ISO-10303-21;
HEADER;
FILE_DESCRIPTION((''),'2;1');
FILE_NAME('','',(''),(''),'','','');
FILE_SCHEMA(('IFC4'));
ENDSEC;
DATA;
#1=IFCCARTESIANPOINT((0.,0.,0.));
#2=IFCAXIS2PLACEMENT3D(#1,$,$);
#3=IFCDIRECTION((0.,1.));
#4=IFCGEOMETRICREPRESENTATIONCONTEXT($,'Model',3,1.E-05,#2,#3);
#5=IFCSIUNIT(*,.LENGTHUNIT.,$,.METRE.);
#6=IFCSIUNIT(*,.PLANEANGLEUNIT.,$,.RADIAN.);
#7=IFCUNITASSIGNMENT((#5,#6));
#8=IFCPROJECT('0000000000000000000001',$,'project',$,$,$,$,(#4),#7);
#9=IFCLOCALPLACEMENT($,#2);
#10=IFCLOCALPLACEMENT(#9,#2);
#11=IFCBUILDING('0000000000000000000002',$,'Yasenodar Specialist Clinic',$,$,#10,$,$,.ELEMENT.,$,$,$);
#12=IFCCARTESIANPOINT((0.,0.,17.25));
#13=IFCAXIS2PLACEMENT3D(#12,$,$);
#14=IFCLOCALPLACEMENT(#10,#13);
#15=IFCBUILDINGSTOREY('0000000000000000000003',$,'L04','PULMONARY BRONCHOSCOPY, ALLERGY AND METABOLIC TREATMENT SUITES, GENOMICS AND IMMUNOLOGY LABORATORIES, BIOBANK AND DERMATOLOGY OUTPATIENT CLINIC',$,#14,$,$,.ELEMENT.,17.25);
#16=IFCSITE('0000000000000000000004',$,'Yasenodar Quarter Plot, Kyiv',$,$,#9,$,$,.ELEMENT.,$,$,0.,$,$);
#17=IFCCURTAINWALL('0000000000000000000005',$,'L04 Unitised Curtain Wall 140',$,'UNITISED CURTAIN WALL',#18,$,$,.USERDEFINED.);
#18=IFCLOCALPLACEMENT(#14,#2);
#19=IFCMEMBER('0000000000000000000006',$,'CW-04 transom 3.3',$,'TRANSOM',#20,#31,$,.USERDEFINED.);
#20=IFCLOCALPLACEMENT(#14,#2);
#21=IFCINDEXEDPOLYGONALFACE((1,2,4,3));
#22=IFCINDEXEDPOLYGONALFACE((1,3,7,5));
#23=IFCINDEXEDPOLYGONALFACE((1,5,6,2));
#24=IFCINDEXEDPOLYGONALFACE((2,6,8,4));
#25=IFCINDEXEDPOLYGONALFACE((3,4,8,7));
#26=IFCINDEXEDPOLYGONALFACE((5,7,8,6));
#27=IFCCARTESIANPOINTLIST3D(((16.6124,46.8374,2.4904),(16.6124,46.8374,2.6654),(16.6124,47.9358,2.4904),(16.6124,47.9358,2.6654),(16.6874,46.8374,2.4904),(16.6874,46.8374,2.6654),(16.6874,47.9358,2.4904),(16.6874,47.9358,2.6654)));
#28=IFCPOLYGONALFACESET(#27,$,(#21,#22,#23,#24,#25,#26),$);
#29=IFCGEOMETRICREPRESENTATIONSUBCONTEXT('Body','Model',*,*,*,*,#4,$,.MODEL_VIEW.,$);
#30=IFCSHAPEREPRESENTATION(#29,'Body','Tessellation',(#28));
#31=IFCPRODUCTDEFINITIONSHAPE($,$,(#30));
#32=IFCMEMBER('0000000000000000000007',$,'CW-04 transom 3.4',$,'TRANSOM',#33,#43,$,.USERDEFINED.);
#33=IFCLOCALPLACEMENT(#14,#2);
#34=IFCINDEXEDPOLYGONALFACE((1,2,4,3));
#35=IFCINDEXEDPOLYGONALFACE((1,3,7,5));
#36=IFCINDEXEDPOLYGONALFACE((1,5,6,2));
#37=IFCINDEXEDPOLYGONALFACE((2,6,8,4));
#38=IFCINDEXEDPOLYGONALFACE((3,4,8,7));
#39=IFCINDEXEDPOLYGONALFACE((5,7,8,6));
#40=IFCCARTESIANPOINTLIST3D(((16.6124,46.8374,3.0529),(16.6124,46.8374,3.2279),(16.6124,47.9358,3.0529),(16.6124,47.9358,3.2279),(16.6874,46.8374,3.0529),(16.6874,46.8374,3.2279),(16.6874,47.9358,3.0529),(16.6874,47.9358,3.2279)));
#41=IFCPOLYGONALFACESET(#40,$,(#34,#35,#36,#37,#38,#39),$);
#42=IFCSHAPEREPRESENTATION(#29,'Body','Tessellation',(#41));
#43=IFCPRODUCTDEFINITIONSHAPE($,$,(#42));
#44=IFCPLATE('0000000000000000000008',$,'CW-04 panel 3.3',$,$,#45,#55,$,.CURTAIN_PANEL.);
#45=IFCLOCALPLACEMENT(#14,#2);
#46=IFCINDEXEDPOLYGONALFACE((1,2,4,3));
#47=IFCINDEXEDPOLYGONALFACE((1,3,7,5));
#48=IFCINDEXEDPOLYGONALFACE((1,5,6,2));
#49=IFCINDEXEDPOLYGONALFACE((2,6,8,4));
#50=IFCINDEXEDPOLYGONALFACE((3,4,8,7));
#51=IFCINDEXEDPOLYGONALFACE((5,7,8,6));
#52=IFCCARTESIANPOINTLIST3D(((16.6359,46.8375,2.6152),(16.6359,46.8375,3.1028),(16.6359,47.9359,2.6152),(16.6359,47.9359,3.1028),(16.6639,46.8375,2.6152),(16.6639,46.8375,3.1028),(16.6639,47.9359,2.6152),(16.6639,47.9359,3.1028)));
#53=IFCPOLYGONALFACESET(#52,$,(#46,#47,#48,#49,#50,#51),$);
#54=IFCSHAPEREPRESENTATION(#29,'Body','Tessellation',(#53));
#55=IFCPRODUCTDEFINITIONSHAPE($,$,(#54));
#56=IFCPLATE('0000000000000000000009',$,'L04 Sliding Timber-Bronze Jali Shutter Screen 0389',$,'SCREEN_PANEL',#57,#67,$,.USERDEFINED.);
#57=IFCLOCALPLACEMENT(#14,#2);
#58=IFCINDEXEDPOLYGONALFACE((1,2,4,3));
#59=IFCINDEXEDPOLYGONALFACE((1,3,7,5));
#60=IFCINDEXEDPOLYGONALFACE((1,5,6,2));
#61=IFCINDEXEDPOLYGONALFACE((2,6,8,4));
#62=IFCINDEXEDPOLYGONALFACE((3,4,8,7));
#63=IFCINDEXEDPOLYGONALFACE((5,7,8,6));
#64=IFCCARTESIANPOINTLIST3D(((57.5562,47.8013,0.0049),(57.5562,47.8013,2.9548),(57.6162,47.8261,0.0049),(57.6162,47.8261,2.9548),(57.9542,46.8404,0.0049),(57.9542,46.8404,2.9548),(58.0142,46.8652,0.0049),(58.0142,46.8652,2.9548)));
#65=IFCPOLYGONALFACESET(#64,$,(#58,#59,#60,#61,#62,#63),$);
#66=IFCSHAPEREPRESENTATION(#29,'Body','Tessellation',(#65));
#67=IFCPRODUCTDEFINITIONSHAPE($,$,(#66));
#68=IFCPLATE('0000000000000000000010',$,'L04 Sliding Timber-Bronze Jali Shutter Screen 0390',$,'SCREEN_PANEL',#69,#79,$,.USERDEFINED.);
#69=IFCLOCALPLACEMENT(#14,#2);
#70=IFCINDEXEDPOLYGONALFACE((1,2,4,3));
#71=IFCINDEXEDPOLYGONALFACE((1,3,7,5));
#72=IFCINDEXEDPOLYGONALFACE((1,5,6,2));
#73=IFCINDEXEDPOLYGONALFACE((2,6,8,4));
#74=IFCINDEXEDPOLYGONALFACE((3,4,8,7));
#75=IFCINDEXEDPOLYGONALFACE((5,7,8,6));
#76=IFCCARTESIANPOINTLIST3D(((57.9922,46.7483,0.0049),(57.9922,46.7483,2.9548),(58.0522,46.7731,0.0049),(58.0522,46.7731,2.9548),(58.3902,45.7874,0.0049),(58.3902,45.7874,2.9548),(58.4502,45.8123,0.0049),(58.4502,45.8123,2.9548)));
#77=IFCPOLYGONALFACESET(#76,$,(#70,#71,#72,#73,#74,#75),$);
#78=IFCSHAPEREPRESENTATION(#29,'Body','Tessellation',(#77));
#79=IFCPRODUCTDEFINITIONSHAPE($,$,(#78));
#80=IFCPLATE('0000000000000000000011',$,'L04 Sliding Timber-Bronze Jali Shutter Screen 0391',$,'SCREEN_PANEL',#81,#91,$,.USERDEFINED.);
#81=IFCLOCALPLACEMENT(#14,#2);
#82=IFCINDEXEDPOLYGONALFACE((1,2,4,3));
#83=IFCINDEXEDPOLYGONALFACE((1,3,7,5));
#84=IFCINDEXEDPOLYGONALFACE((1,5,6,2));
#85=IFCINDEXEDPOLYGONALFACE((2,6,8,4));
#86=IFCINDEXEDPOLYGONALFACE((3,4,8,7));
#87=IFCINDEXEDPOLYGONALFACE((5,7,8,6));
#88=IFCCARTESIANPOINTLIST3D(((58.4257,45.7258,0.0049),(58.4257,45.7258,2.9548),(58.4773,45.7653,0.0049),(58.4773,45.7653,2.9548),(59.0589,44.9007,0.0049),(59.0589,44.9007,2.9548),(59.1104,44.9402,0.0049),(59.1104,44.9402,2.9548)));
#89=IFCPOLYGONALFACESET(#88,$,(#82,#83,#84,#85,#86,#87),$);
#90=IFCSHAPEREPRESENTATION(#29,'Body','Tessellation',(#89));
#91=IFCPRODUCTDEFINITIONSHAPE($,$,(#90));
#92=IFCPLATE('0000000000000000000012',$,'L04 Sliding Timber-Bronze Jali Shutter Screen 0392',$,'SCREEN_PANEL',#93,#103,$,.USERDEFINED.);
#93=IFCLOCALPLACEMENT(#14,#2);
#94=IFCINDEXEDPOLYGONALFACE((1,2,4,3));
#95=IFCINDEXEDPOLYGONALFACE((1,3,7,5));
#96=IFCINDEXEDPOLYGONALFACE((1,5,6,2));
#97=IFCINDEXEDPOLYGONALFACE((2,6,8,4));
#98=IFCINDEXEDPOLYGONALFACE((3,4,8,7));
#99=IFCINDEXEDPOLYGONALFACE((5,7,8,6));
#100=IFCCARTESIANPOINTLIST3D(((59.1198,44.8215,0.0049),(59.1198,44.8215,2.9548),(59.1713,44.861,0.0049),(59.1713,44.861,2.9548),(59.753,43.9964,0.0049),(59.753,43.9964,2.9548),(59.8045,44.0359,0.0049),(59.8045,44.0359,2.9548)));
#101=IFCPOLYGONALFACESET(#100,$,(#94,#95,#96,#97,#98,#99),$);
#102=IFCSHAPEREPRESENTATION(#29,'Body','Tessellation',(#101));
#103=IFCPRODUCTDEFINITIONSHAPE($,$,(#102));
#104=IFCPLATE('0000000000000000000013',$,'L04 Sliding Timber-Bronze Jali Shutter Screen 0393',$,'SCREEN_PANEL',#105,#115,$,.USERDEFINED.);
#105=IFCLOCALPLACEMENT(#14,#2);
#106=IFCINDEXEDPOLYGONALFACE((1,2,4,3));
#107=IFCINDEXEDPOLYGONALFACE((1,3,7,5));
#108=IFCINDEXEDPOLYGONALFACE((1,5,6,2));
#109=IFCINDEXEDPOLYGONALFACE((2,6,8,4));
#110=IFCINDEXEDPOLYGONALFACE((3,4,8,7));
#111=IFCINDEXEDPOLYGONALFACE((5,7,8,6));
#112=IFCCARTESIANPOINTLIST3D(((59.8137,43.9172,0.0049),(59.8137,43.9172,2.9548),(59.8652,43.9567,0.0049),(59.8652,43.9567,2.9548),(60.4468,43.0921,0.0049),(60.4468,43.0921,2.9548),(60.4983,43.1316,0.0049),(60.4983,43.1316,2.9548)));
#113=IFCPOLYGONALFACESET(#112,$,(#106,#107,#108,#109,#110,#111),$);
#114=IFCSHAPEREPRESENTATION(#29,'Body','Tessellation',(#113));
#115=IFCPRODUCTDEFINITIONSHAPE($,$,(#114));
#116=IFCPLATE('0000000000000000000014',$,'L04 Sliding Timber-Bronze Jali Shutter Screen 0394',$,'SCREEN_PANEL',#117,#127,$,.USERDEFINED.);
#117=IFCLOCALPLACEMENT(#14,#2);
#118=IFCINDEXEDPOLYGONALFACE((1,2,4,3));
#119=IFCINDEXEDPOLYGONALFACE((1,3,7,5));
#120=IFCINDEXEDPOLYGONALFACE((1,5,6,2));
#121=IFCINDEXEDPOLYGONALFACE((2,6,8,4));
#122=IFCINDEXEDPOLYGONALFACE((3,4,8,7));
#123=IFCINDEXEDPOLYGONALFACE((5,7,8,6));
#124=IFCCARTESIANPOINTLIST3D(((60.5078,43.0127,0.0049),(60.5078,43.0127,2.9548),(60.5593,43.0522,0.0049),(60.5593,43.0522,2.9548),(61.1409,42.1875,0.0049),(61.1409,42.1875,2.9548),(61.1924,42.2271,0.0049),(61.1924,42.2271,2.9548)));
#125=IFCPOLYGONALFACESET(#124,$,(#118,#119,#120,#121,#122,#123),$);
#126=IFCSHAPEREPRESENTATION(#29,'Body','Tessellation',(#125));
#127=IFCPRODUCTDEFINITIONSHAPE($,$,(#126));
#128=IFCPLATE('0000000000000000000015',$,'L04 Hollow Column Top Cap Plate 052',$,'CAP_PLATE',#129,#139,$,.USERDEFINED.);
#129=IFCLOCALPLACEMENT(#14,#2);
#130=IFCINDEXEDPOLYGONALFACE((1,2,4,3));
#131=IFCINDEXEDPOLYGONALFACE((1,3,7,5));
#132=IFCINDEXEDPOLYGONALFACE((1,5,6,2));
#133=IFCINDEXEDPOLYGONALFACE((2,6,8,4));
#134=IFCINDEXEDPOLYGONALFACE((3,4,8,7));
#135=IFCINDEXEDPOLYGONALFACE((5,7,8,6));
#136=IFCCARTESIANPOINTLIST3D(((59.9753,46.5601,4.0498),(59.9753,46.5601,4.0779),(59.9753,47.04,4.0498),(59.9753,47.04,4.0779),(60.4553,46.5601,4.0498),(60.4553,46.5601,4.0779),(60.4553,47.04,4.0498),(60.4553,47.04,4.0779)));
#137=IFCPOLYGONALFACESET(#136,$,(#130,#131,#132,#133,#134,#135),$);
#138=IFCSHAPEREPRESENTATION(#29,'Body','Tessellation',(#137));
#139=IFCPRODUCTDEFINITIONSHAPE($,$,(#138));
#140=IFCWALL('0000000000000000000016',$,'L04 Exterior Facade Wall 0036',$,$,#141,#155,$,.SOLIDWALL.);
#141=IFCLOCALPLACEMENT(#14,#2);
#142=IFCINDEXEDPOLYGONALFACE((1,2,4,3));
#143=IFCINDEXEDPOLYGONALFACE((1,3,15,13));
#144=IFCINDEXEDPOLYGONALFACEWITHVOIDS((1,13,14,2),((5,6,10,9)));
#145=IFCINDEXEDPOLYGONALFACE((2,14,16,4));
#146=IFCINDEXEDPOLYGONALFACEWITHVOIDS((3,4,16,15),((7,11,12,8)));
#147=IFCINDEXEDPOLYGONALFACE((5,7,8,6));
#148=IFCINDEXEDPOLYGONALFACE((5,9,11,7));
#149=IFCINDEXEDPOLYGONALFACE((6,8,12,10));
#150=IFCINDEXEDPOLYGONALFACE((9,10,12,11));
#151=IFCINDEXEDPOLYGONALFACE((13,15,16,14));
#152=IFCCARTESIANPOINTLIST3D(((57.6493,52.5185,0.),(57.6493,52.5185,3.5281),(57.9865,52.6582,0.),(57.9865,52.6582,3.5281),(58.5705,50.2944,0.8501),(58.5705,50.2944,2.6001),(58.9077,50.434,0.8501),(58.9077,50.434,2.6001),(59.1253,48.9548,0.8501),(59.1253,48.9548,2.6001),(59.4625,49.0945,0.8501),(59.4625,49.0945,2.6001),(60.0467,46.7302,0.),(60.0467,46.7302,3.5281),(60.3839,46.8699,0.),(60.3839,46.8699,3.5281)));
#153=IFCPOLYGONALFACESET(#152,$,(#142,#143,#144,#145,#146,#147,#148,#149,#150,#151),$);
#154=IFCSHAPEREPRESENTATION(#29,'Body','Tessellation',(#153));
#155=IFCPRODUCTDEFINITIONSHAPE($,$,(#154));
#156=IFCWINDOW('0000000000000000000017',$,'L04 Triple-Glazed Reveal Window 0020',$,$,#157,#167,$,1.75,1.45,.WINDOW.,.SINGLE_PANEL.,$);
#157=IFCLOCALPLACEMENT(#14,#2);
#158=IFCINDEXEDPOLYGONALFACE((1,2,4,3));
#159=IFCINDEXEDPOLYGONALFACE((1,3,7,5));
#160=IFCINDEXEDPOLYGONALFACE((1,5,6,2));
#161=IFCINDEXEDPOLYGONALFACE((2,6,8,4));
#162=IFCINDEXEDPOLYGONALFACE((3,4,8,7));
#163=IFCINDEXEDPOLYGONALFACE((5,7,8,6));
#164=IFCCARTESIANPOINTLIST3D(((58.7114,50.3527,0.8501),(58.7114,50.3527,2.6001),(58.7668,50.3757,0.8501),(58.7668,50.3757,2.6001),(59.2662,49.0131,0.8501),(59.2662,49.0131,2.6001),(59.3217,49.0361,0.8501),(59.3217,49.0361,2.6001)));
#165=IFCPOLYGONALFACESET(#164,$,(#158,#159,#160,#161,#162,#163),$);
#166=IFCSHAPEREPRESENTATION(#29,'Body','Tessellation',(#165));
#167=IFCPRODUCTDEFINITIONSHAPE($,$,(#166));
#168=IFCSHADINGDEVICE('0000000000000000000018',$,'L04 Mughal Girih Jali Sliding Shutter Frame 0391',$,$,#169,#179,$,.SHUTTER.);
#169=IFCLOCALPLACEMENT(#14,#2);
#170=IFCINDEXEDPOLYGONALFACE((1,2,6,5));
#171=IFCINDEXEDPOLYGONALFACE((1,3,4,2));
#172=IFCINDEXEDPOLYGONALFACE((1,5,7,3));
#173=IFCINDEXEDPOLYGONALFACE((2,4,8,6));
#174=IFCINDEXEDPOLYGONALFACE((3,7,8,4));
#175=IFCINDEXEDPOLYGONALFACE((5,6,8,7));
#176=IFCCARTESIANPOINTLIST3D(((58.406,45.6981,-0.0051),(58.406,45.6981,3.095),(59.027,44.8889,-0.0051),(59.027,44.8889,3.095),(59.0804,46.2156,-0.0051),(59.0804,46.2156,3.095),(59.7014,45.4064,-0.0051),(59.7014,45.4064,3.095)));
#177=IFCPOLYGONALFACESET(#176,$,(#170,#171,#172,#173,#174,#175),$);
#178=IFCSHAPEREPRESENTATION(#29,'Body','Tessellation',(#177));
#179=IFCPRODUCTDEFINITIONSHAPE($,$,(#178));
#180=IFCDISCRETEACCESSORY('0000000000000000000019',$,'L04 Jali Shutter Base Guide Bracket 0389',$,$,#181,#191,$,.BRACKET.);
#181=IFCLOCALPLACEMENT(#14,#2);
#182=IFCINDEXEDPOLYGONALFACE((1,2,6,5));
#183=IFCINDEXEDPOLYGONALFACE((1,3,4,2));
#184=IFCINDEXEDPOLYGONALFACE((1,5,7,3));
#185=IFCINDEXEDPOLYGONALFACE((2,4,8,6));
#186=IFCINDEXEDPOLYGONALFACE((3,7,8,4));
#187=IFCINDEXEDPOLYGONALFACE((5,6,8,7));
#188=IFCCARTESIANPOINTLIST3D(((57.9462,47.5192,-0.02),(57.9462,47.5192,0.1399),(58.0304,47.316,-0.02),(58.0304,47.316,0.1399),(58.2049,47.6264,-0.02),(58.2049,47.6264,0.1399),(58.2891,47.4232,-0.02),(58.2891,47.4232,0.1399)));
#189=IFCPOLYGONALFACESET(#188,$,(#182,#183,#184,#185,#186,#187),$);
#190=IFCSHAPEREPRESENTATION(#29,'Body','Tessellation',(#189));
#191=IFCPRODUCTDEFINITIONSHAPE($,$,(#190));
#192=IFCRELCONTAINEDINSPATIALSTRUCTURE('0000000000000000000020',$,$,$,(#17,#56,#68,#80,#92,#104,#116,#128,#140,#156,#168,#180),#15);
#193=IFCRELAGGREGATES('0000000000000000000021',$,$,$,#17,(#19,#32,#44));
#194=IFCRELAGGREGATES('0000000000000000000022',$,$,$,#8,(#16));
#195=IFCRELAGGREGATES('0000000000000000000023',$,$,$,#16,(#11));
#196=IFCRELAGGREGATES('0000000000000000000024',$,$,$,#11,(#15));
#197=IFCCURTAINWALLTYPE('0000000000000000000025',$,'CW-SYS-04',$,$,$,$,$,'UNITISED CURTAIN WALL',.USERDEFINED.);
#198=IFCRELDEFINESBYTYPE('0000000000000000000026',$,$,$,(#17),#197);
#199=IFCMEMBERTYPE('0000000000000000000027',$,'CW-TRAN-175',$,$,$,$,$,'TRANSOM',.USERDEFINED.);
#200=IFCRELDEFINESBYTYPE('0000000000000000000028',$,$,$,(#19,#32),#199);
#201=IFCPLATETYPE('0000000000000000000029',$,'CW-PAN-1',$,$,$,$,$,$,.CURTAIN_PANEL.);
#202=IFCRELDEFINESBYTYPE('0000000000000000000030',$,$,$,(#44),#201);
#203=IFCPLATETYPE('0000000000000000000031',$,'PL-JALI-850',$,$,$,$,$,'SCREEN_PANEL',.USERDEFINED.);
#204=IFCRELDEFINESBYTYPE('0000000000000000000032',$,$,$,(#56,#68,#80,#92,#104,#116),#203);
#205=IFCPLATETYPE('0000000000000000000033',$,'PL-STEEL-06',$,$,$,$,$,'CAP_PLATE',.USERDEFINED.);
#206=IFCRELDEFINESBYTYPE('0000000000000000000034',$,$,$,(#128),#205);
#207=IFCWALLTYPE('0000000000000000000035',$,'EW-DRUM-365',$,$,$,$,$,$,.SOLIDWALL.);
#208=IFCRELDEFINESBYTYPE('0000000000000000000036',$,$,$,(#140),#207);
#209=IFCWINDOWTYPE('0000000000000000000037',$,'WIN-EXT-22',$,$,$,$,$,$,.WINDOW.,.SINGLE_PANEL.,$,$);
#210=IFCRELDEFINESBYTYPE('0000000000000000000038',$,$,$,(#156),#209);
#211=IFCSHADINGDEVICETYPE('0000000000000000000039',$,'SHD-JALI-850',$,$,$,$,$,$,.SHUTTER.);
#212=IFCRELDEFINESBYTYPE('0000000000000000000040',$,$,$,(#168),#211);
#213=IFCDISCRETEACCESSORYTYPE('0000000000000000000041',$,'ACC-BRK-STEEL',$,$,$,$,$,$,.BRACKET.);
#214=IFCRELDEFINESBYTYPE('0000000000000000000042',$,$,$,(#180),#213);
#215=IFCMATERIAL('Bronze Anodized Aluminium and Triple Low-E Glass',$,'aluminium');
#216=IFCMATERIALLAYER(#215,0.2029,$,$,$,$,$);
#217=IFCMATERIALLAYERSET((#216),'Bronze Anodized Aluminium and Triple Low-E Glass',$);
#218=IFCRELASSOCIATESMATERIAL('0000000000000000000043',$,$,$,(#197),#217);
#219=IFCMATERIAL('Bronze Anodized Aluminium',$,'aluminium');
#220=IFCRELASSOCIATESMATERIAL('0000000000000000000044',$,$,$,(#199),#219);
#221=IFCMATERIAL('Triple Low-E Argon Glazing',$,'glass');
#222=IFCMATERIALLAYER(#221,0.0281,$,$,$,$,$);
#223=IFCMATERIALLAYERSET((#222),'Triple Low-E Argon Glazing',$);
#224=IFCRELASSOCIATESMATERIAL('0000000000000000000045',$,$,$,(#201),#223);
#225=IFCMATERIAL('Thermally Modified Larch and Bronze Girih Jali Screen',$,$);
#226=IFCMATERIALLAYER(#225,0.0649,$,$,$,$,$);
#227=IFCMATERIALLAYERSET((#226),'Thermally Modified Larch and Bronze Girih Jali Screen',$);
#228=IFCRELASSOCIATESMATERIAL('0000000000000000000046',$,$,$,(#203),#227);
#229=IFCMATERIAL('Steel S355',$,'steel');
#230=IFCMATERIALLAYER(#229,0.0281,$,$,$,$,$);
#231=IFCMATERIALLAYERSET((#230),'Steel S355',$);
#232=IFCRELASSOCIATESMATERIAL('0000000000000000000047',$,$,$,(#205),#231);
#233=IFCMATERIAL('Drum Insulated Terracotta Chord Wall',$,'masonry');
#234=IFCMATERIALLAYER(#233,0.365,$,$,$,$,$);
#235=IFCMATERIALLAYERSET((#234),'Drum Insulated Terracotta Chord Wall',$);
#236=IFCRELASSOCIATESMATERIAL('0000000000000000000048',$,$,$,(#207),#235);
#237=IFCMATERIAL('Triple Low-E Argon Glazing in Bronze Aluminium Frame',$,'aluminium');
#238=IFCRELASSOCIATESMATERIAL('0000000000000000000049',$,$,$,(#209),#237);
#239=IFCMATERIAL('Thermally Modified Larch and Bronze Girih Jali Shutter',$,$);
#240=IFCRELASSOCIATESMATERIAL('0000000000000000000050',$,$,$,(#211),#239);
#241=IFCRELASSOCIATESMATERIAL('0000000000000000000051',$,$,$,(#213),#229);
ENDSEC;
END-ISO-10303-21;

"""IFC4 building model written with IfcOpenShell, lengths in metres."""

from ifc_helpers import new_model, si_unit, direction, frame, frame_2d, origin, origin_2d, place, context, subcontext, project, spatial, rectangle, extrude, material, layer, layer_set, material_profile, profile_set, type_object, element, fill, aggregate, save


model = new_model("IFC4")

# Units and contexts
model_context = context("Model", 3, precision=1e-05, world=origin(), true_north=direction((0.0, 1.0)))
body_context = subcontext(model_context, "Body", "Model", "MODEL_VIEW")
ifc_project = project(units=[si_unit("LENGTHUNIT", "METRE"), si_unit("PLANEANGLEUNIT", "RADIAN")], contexts=[model_context])

# Site, building, storey
site_placement = place(None, origin())
site = spatial("IfcSite", under=ifc_project, at=site_placement, Name="Yasenodar Quarter Plot, Kyiv", CompositionType="ELEMENT", RefElevation=0.0)
building_placement = place(site_placement, origin())
building = spatial("IfcBuilding", under=site, at=building_placement, Name="Yasenodar Specialist Clinic", CompositionType="ELEMENT")
storey_placement = place(building_placement, frame((0.0, 0.0, 17.25)))
storey = spatial("IfcBuildingStorey", under=building, at=storey_placement, Name="L04", Description="PULMONARY BRONCHOSCOPY, ALLERGY AND METABOLIC TREATMENT SUITES, GENOMICS AND IMMUNOLOGY LABORATORIES, BIOBANK AND DERMATOLOGY OUTPATIENT CLINIC", CompositionType="ELEMENT", Elevation=17.25)

# Shared definitions
ifc_material_1 = material(Name="Steel S355", Category="steel")

# Shared definitions
ifc_material_2 = material(Name="Bronze Anodized Aluminium and Triple Low-E Glass", Category="aluminium")
ifc_material_3 = material(Name="Bronze Anodized Aluminium", Category="aluminium")

# Curtain wall, members, plate
ifc_layer_1 = layer(ifc_material_2, 0.2029)
ifc_layer_set_1 = layer_set([ifc_layer_1], Name="Bronze Anodized Aluminium and Triple Low-E Glass")
curtain_wall_type_1 = type_object("IfcCurtainWallType", Name="CW-SYS-04", ElementType="UNITISED CURTAIN WALL", PredefinedType="USERDEFINED", material=ifc_layer_set_1)
curtain_wall_1_placement = place(storey_placement, origin())
curtain_wall_1 = element("IfcCurtainWall", 1, at=curtain_wall_1_placement, inside=storey, type_object=curtain_wall_type_1, Name="L04 Unitised Curtain Wall 140", ObjectType="UNITISED CURTAIN WALL", PredefinedType="USERDEFINED")
ifc_material_profile_1 = material_profile(ifc_material_3, rectangle(XDim=0.075, YDim=0.175, at=origin_2d()), Name="CW-TRAN 75x175")
ifc_profile_set_1 = profile_set([ifc_material_profile_1], Name="Bronze Anodized Aluminium")
member_type_1 = type_object("IfcMemberType", Name="CW-TRAN-175", ElementType="TRANSOM", PredefinedType="USERDEFINED", material=ifc_profile_set_1)
member_1_placement = place(storey_placement, frame((16.6499, 47.9358, 2.5779), z_axis=(0.0, -1.0, 0.0), x_axis=(1.0, 0.0, 0.0)))
member_1 = element("IfcMember", 2, at=member_1_placement, type_object=member_type_1, Name="CW-04 transom 3.3", ObjectType="TRANSOM", PredefinedType="USERDEFINED", context=body_context, shape_type="SweptSolid", body=[
    extrude(rectangle(XDim=0.075, YDim=0.175, at=origin_2d()), origin(), (0.0, 0.0, 1.0), 1.0984),
])
member_2_placement = place(storey_placement, frame((16.6499, 47.9358, 3.1404), z_axis=(0.0, -1.0, 0.0), x_axis=(1.0, 0.0, 0.0)))
member_2 = element("IfcMember", 3, at=member_2_placement, type_object=member_type_1, Name="CW-04 transom 3.4", ObjectType="TRANSOM", PredefinedType="USERDEFINED", context=body_context, shape_type="SweptSolid", body=[
    extrude(rectangle(XDim=0.075, YDim=0.175, at=origin_2d()), origin(), (0.0, 0.0, 1.0), 1.0984),
])
ifc_material_4 = material(Name="Triple Low-E Argon Glazing", Category="glass")
ifc_layer_2 = layer(ifc_material_4, 0.0281)
ifc_layer_set_2 = layer_set([ifc_layer_2], Name="Triple Low-E Argon Glazing")
plate_type_1 = type_object("IfcPlateType", Name="CW-PAN-1", PredefinedType="CURTAIN_PANEL", material=ifc_layer_set_2)
plate_1_placement = place(storey_placement, frame((16.6499, 47.3867, 2.6152), z_axis=(0.0, 0.0, 1.0), x_axis=(0.0, -1.0, 0.0)))
plate_1 = element("IfcPlate", 4, at=plate_1_placement, type_object=plate_type_1, Name="CW-04 panel 3.3", PredefinedType="CURTAIN_PANEL", context=body_context, shape_type="SweptSolid", body=[
    extrude(rectangle(XDim=1.0984, YDim=0.0281, at=origin_2d()), origin(), (0.0, 0.0, 1.0), 0.4875),
])
aggregate(curtain_wall_1, [member_1, member_2, plate_1])

# Plates
ifc_material_5 = material(Name="Thermally Modified Larch and Bronze Girih Jali Screen")
ifc_layer_3 = layer(ifc_material_5, 0.0649)
ifc_layer_set_3 = layer_set([ifc_layer_3], Name="Thermally Modified Larch and Bronze Girih Jali Screen")
plate_type_2 = type_object("IfcPlateType", Name="PL-JALI-850", ElementType="SCREEN_PANEL", PredefinedType="USERDEFINED", material=ifc_layer_set_3)
for number, where, z_axis, x_axis, name in (
    (5, (57.7852, 47.3333, 0.0049), (0.0, 0.0, 1.0), (0.382687, -0.923878, 0.0), "L04 Sliding Timber-Bronze Jali Shutter Screen 0389"),
    (6, (58.2212, 46.2803, 0.0049), (0.0, 0.0, 1.0), (0.382687, -0.923878, 0.0), "L04 Sliding Timber-Bronze Jali Shutter Screen 0390"),
    (7, (58.7681, 45.333, 0.0049), (0.0, 0.0, 1.0), (0.608764, -0.793351, 0.0), "L04 Sliding Timber-Bronze Jali Shutter Screen 0391"),
    (8, (59.4622, 44.4287, 0.0049), (0.0, 0.0, 1.0), (0.608764, -0.793351, 0.0), "L04 Sliding Timber-Bronze Jali Shutter Screen 0392"),
    (9, (60.156, 43.5244, 0.0049), (0.0, 0.0, 1.0), (0.608764, -0.793351, 0.0), "L04 Sliding Timber-Bronze Jali Shutter Screen 0393"),
    (10, (60.8501, 42.6199, 0.0049), (0.0, 0.0, 1.0), (0.608764, -0.793351, 0.0), "L04 Sliding Timber-Bronze Jali Shutter Screen 0394"),
):
    element("IfcPlate", number, at=place(storey_placement, frame(where, z_axis=z_axis, x_axis=x_axis)), inside=storey, type_object=plate_type_2, Name=name, ObjectType="SCREEN_PANEL", PredefinedType="USERDEFINED", context=body_context, shape_type="SweptSolid", body=[
        extrude(rectangle(XDim=1.04, YDim=0.0649, at=origin_2d()), origin(), (0.0, 0.0, 1.0), 2.95),
    ])
ifc_layer_4 = layer(ifc_material_1, 0.0281)
ifc_layer_set_4 = layer_set([ifc_layer_4], Name="Steel S355")
plate_type_3 = type_object("IfcPlateType", Name="PL-STEEL-06", ElementType="CAP_PLATE", PredefinedType="USERDEFINED", material=ifc_layer_set_4)
plate_2_placement = place(storey_placement, frame((60.2153, 46.8, 4.0498), z_axis=(0.0, 0.0, 1.0), x_axis=(1.0, 0.0, 0.0)))
element("IfcPlate", 11, at=plate_2_placement, inside=storey, type_object=plate_type_3, Name="L04 Hollow Column Top Cap Plate 052", ObjectType="CAP_PLATE", PredefinedType="USERDEFINED", context=body_context, shape_type="SweptSolid", body=[
    extrude(rectangle(XDim=0.48, YDim=0.48, at=origin_2d()), origin(), (0.0, 0.0, 1.0), 0.0281),
])

# Wall, opening, window
ifc_material_6 = material(Name="Drum Insulated Terracotta Chord Wall", Category="masonry")
ifc_layer_5 = layer(ifc_material_6, 0.365)
ifc_layer_set_5 = layer_set([ifc_layer_5], Name="Drum Insulated Terracotta Chord Wall")
wall_type = type_object("IfcWallType", Name="EW-DRUM-365", PredefinedType="SOLIDWALL", material=ifc_layer_set_5)
wall_placement = place(storey_placement, frame((60.2153, 46.8, 0.0), z_axis=(0.0, 0.0, 1.0), x_axis=(-0.382664, 0.923888, 0.0)))
wall = element("IfcWall", 12, at=wall_placement, inside=storey, type_object=wall_type, Name="L04 Exterior Facade Wall 0036", PredefinedType="SOLIDWALL", context=body_context, shape_type="SweptSolid", body=[
    extrude(rectangle(XDim=6.2651, YDim=0.365, at=frame_2d((3.1326, 0.0))), origin(), (0.0, 0.0, 1.0), 3.5281),
])
opening_placement = place(wall_placement, frame((2.4077, 0.0, 0.8501)))
opening = element("IfcOpeningElement", 13, at=opening_placement, cuts=wall, PredefinedType="OPENING", context=body_context, shape_type="SweptSolid", body=[
    extrude(rectangle(XDim=1.45, YDim=1.75, at=frame_2d((0.7251, 0.875))), frame((0.0, 0.1924, 0.0), z_axis=(0.0, -1.0, 0.0), x_axis=(1.0, 0.0, 0.0)), (0.0, 0.0, 1.0), 0.385),
])
ifc_material_7 = material(Name="Triple Low-E Argon Glazing in Bronze Aluminium Frame", Category="aluminium")
window_type = type_object("IfcWindowType", Name="WIN-EXT-22", PartitioningType="SINGLE_PANEL", PredefinedType="WINDOW", material=ifc_material_7)
window_placement = place(opening_placement, origin())
window = element("IfcWindow", 14, at=window_placement, inside=storey, type_object=window_type, Name="L04 Triple-Glazed Reveal Window 0020", OverallHeight=1.75, OverallWidth=1.45, PartitioningType="SINGLE_PANEL", PredefinedType="WINDOW", context=body_context, shape_type="SweptSolid", body=[
    extrude(rectangle(XDim=1.45, YDim=1.75, at=frame_2d((0.7251, 0.875))), frame((0.0, 0.03, 0.0), z_axis=(0.0, -1.0, 0.0), x_axis=(1.0, 0.0, 0.0)), (0.0, 0.0, 1.0), 0.0601),
])
fill(opening, window)

# Shading device
ifc_material_8 = material(Name="Thermally Modified Larch and Bronze Girih Jali Shutter")
shading_device_type = type_object("IfcShadingDeviceType", Name="SHD-JALI-850", PredefinedType="SHUTTER", material=ifc_material_8)
shading_device_placement = place(storey_placement, frame((59.0537, 45.5522, -0.0051), z_axis=(0.0, 0.0, 1.0), x_axis=(0.608764, -0.793351, 0.0)))
element("IfcShadingDevice", 15, at=shading_device_placement, inside=storey, type_object=shading_device_type, Name="L04 Mughal Girih Jali Sliding Shutter Frame 0391", PredefinedType="SHUTTER", context=body_context, shape_type="SweptSolid", body=[
    extrude(rectangle(XDim=1.02, YDim=0.8501, at=origin_2d()), origin(), (0.0, 0.0, 1.0), 3.1001),
])

# Discrete accessory
discrete_accessory_type = type_object("IfcDiscreteAccessoryType", Name="ACC-BRK-STEEL", PredefinedType="BRACKET", material=ifc_material_1)
for number, where, z_axis, x_axis, name in (
    (16, (58.1177, 47.4712, -0.02), (0.0, 0.0, 1.0), (0.382687, -0.923878, 0.0), "L04 Jali Shutter Base Guide Bracket 0389"),
):
    element("IfcDiscreteAccessory", number, at=place(storey_placement, frame(where, z_axis=z_axis, x_axis=x_axis)), inside=storey, type_object=discrete_accessory_type, Name=name, PredefinedType="BRACKET", context=body_context, shape_type="SweptSolid", body=[
        extrude(rectangle(XDim=0.22, YDim=0.28, at=origin_2d()), origin(), (0.0, 0.0, 1.0), 0.1599),
    ])

save(model, "model.ifc")
